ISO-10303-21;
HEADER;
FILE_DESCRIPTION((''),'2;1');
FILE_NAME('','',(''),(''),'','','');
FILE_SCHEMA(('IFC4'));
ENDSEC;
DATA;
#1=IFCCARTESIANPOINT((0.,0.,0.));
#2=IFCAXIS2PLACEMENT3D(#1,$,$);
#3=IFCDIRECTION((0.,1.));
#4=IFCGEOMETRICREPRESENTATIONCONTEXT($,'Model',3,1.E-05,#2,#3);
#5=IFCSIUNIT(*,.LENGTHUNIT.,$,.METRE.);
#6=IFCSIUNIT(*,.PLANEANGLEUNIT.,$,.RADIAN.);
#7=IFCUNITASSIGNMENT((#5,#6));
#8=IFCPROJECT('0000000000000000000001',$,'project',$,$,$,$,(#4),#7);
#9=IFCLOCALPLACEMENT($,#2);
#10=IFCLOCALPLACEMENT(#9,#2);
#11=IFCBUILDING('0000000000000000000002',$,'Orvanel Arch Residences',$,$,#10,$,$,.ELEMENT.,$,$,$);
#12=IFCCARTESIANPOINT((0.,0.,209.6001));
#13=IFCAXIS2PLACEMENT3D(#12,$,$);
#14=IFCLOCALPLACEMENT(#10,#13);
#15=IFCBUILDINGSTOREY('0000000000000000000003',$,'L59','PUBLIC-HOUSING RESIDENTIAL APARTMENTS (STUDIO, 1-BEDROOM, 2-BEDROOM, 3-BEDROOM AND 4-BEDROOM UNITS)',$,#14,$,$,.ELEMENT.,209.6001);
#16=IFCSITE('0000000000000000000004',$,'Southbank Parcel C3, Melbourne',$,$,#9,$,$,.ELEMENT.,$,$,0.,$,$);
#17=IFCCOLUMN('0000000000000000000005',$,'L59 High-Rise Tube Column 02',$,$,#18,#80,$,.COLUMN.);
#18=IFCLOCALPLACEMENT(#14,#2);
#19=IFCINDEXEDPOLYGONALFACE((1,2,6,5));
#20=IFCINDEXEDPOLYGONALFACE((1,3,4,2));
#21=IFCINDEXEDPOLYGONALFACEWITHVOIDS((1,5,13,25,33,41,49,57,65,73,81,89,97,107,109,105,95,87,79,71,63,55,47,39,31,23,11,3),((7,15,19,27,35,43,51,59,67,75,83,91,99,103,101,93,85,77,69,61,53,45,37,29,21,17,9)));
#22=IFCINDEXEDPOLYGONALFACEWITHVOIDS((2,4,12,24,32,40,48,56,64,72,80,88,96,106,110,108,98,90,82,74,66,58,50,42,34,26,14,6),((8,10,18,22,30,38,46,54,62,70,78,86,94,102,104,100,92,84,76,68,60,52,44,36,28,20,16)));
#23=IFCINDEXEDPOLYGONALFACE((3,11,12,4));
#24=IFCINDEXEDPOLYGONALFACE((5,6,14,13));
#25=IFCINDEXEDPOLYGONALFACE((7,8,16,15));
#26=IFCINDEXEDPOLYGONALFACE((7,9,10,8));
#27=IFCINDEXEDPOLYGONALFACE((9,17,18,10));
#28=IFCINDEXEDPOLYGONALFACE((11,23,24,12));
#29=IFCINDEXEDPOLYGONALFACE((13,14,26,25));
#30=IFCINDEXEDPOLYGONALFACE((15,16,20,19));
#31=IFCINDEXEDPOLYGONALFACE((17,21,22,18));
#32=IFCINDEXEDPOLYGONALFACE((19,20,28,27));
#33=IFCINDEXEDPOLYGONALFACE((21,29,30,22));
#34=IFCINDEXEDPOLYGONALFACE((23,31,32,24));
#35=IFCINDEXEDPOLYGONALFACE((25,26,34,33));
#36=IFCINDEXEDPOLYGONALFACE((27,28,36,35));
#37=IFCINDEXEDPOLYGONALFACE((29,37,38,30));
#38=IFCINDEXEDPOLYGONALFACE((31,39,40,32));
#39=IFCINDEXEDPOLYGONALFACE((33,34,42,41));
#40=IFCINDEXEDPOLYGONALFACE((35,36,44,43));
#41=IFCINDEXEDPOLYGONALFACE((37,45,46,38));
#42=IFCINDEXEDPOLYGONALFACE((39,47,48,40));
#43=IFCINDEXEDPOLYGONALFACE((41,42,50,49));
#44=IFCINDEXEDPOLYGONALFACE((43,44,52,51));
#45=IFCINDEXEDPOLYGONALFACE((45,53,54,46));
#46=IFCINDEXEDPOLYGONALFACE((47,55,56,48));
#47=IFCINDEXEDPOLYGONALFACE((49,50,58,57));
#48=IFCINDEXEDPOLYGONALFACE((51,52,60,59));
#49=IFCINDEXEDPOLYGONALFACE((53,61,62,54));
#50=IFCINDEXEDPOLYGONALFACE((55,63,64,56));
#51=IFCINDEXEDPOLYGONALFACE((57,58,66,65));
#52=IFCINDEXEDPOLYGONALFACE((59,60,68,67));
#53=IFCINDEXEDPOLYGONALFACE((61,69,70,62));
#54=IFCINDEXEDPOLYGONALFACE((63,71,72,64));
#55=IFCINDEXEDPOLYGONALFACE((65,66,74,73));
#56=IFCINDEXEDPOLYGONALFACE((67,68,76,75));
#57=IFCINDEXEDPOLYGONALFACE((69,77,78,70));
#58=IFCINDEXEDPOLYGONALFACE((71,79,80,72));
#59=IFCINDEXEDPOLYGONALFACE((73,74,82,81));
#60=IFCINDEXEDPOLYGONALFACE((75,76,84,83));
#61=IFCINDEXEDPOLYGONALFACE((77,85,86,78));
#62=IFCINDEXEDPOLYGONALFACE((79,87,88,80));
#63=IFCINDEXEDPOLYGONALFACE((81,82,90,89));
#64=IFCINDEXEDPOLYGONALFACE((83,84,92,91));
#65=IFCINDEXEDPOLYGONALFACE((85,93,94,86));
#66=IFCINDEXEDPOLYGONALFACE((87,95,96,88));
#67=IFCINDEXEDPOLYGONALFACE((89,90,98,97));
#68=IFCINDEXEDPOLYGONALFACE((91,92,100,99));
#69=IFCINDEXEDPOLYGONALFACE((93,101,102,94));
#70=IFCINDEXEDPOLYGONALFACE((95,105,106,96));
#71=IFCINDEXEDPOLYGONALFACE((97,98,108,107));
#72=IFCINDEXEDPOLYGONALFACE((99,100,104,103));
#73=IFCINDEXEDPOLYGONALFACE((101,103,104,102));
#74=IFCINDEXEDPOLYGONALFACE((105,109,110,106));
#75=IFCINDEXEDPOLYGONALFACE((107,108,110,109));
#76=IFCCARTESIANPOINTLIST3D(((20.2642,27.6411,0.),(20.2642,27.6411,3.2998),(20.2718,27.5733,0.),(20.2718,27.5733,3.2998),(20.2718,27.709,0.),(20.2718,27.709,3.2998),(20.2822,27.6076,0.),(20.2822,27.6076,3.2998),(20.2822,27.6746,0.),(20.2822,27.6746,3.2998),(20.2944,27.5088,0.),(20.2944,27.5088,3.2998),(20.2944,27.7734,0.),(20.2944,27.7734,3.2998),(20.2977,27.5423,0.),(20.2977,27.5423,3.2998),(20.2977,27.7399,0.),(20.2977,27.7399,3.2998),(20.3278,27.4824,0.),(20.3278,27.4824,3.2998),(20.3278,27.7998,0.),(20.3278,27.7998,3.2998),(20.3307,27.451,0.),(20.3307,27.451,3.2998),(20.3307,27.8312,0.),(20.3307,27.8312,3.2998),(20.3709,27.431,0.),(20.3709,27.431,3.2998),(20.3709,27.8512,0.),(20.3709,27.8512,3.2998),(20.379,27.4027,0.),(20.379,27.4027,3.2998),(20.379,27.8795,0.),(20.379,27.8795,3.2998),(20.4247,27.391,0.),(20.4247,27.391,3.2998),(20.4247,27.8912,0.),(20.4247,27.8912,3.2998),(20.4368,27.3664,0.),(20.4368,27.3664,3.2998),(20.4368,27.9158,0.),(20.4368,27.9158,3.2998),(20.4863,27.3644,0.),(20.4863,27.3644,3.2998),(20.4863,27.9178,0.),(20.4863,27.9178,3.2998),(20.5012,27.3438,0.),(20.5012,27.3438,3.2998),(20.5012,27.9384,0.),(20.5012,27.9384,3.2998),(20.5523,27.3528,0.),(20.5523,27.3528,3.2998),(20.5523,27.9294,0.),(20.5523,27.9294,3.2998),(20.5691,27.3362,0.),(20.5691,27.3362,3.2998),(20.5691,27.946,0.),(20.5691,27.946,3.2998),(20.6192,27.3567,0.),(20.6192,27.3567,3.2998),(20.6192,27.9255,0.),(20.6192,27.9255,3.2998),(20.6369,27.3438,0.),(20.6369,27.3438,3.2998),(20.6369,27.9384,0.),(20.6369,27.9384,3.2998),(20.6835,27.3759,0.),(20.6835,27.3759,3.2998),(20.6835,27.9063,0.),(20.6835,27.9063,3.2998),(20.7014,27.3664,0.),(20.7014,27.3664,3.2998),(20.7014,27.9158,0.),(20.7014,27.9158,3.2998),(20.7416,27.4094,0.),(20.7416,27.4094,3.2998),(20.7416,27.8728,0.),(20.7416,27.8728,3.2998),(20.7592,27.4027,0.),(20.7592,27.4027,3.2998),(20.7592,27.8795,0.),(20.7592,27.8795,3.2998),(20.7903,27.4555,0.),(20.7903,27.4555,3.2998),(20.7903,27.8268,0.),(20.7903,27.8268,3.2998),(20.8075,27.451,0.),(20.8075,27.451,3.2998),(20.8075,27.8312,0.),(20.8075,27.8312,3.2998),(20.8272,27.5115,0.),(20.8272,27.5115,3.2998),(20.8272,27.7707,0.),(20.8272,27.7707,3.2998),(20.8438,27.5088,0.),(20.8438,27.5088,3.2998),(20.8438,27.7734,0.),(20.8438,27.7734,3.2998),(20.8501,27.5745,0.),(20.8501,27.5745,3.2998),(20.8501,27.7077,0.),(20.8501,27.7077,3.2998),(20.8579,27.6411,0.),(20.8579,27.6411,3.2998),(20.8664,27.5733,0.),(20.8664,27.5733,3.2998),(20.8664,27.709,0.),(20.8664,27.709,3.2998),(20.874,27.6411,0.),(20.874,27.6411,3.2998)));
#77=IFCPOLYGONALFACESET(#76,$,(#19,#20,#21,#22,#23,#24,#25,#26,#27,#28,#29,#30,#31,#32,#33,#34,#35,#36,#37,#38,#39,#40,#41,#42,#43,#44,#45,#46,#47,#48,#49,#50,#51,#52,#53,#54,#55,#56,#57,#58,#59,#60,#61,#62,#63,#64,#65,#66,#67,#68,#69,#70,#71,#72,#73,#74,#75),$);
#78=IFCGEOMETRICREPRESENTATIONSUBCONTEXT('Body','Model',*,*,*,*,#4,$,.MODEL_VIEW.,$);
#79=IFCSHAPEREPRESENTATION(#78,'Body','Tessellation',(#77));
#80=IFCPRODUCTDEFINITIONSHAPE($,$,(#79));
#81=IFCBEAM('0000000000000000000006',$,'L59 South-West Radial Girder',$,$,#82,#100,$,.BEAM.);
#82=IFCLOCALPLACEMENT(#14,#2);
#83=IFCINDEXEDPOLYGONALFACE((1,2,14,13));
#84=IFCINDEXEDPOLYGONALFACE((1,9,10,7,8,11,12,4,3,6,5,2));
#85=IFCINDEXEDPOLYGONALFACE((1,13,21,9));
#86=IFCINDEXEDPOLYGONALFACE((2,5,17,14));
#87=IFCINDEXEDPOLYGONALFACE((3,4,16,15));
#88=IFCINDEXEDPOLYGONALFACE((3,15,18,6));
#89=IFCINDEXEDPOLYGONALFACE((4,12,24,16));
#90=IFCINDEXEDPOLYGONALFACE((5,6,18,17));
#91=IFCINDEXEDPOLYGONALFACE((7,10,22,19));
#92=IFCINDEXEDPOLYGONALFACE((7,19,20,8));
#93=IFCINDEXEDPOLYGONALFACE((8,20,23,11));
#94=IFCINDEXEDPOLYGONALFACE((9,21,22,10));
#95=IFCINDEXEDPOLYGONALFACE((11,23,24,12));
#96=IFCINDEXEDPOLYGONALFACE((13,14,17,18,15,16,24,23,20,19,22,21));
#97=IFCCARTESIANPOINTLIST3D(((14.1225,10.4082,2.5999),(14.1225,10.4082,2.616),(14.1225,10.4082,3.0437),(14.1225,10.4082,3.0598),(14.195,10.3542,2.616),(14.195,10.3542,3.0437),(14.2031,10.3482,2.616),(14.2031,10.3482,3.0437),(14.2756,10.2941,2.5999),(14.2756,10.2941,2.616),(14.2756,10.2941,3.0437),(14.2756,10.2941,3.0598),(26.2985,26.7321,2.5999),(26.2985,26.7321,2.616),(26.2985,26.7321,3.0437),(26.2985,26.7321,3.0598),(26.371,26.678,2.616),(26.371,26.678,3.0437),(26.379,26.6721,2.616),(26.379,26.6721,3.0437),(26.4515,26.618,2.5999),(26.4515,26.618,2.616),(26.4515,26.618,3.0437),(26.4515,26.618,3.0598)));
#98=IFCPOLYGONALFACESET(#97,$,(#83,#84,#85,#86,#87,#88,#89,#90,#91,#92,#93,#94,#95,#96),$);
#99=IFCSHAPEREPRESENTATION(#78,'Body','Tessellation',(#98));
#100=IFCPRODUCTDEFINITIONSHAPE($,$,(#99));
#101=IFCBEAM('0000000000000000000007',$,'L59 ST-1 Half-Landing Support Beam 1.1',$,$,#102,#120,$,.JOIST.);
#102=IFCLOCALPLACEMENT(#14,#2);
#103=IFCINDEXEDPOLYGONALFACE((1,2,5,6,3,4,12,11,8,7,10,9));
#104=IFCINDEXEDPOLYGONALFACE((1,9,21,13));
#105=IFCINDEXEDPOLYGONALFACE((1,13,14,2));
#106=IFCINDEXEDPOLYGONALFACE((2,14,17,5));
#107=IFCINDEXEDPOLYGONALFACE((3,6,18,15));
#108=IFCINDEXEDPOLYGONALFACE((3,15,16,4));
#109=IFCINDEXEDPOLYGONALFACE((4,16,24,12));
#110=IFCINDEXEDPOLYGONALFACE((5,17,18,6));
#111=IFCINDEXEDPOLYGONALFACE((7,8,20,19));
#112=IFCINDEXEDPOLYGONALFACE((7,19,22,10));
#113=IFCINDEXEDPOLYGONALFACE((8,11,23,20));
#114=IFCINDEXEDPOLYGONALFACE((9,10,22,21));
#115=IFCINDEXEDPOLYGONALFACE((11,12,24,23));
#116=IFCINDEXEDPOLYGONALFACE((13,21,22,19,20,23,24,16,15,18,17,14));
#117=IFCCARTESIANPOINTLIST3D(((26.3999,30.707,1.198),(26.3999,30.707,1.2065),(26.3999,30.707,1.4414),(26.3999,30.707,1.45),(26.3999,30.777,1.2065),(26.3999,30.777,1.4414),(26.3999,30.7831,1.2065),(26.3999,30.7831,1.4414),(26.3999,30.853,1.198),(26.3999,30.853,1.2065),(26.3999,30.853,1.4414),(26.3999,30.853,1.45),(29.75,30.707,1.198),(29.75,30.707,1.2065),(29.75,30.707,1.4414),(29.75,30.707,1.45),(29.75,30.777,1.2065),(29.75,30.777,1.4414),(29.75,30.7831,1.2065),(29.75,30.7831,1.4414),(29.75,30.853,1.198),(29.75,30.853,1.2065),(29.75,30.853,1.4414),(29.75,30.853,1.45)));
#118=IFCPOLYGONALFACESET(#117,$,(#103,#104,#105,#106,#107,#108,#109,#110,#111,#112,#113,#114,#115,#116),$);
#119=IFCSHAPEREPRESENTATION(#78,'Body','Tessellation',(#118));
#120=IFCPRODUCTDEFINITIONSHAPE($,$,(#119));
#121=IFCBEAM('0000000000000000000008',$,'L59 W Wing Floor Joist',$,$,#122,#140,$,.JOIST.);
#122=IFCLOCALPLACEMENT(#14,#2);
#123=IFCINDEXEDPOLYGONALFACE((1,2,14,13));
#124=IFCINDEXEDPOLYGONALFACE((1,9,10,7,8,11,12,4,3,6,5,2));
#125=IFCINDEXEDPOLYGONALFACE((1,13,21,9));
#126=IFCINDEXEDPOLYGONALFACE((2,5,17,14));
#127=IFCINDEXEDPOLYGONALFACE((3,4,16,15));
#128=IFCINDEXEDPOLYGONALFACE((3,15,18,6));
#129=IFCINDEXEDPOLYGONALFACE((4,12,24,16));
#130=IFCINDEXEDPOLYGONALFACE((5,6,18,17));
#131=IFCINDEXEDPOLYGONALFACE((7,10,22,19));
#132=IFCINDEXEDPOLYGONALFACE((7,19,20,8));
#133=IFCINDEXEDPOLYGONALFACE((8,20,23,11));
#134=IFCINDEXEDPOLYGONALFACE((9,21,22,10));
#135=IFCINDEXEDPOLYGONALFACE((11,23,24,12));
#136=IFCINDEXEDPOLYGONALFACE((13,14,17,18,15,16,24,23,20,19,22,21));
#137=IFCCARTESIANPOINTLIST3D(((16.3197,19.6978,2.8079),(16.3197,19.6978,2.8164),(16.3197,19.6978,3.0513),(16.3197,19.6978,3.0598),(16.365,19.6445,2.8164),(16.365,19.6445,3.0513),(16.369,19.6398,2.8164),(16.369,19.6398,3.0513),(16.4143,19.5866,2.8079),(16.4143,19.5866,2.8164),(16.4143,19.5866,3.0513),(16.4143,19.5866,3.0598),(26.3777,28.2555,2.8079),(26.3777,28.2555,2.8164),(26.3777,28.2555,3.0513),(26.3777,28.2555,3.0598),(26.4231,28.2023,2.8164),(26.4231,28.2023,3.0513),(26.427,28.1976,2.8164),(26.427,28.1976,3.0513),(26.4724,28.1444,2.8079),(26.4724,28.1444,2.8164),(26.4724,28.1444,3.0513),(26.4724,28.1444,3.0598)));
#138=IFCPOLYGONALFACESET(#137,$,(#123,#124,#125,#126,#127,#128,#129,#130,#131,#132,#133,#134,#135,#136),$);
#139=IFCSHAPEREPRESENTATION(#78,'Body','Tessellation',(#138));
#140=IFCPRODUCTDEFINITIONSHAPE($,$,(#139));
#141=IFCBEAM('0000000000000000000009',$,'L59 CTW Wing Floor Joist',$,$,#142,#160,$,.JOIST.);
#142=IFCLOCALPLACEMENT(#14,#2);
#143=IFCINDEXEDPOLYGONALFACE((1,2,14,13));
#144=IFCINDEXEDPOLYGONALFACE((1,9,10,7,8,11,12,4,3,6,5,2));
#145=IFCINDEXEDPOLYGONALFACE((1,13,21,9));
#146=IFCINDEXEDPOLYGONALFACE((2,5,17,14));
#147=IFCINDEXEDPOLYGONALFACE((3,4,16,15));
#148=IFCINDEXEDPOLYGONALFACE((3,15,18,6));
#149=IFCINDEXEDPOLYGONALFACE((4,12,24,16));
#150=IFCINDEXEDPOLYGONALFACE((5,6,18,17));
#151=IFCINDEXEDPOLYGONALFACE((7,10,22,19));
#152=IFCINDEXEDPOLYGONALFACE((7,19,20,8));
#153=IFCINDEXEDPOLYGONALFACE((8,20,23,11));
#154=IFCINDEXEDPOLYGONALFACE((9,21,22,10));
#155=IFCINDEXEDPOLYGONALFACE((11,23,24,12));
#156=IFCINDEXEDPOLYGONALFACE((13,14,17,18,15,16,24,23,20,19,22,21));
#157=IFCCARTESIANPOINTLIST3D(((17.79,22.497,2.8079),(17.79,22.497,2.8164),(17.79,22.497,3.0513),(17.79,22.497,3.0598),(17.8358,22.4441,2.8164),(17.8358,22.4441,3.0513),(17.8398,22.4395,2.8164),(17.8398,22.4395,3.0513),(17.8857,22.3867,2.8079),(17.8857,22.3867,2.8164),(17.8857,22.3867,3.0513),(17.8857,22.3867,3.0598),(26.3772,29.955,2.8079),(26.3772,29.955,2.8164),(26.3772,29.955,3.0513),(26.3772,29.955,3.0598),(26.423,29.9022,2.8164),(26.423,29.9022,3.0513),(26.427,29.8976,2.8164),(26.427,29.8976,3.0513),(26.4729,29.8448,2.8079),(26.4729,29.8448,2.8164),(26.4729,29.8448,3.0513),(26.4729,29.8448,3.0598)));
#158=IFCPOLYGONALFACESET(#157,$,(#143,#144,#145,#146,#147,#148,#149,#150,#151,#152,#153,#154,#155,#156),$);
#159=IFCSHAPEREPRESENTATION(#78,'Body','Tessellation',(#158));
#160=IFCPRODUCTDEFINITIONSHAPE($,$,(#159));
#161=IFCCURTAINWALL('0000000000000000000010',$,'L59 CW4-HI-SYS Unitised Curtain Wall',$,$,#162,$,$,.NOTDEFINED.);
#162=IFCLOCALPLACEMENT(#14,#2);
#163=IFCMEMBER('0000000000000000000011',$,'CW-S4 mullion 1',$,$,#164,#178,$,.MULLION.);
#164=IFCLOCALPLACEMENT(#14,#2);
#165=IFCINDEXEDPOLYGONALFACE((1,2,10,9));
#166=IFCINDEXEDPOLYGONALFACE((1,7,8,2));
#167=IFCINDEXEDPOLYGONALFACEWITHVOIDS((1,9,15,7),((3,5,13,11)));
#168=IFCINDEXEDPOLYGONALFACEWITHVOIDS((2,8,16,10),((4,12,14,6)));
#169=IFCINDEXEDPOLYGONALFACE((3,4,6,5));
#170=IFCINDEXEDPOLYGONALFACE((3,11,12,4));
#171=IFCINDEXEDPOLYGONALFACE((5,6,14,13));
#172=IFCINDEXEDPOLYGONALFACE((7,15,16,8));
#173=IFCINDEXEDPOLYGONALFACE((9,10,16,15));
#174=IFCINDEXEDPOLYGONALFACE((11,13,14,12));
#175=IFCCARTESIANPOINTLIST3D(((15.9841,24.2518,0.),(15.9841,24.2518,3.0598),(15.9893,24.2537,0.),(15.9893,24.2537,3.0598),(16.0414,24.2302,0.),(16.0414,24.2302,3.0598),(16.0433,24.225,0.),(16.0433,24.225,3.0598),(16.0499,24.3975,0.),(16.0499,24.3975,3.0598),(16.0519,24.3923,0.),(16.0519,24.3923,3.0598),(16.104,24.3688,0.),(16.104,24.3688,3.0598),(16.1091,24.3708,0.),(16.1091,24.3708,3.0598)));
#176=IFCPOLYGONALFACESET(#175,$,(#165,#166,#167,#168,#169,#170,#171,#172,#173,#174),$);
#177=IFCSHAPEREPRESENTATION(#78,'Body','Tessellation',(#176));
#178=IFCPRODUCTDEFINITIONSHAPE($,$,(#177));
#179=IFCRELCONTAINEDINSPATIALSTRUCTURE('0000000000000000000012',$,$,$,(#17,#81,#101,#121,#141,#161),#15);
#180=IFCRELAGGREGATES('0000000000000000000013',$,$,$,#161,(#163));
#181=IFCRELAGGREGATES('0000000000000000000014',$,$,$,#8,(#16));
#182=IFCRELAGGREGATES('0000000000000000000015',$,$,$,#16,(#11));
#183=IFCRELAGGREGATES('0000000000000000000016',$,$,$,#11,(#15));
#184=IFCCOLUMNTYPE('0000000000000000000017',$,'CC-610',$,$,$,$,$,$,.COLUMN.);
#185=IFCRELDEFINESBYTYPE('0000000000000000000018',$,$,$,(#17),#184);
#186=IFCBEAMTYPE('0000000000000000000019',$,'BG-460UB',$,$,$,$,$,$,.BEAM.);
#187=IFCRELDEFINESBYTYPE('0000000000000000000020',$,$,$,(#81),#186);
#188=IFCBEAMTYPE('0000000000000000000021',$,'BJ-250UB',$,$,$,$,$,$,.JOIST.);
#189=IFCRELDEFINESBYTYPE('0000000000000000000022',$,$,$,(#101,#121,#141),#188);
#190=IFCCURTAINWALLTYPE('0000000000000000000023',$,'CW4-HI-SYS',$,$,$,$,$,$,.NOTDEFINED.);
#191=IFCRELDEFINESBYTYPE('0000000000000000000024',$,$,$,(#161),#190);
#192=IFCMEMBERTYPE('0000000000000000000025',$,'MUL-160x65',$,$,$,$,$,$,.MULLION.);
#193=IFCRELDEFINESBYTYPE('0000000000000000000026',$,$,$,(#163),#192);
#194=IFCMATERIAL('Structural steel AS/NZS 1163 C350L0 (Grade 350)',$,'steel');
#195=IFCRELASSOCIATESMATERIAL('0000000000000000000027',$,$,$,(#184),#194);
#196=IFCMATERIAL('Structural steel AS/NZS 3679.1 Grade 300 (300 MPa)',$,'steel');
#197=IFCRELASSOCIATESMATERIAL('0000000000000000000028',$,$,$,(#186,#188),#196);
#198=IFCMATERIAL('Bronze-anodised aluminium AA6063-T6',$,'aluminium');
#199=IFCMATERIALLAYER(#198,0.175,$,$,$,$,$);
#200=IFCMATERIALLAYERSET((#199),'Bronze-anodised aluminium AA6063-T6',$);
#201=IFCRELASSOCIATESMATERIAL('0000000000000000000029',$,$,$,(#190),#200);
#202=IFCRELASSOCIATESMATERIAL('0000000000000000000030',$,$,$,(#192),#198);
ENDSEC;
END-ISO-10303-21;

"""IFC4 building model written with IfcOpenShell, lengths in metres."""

from ifc_helpers import new_model, si_unit, direction, frame, origin, origin_2d, place, context, subcontext, project, spatial, hollow_rectangle, hollow_circle, i_section, extrude, material, layer, layer_set, material_profile, profile_set, type_object, element, aggregate, save


model = new_model("IFC4")

# Units and contexts
model_context = context("Model", 3, precision=1e-05, world=origin(), true_north=direction((0.0, 1.0)))
body_context = subcontext(model_context, "Body", "Model", "MODEL_VIEW")
ifc_project = project(units=[si_unit("LENGTHUNIT", "METRE"), si_unit("PLANEANGLEUNIT", "RADIAN")], contexts=[model_context])

# Site, building, storey
site_placement = place(None, origin())
site = spatial("IfcSite", under=ifc_project, at=site_placement, Name="Southbank Parcel C3, Melbourne", CompositionType="ELEMENT", RefElevation=0.0)
building_placement = place(site_placement, origin())
building = spatial("IfcBuilding", under=site, at=building_placement, Name="Orvanel Arch Residences", CompositionType="ELEMENT")
storey_placement = place(building_placement, frame((0.0, 0.0, 209.6001)))
storey = spatial("IfcBuildingStorey", under=building, at=storey_placement, Name="L59", Description="PUBLIC-HOUSING RESIDENTIAL APARTMENTS (STUDIO, 1-BEDROOM, 2-BEDROOM, 3-BEDROOM AND 4-BEDROOM UNITS)", CompositionType="ELEMENT", Elevation=209.6001)

# Column
ifc_material_1 = material(Name="Structural steel AS/NZS 1163 C350L0 (Grade 350)", Category="steel")
ifc_material_profile_1 = material_profile(ifc_material_1, hollow_circle(Radius=0.3049, WallThickness=0.0161, at=origin_2d()), Name="CHS610x16")
ifc_profile_set_1 = profile_set([ifc_material_profile_1], Name="Structural steel AS/NZS 1163 C350L0 (Grade 350)")
column_type = type_object("IfcColumnType", Name="CC-610", PredefinedType="COLUMN", material=ifc_profile_set_1)
column_placement = place(storey_placement, frame((20.5691, 27.6411, 0.0), z_axis=(0.0, 0.0, 1.0), x_axis=(1.0, 0.0, 0.0)))
element("IfcColumn", 1, at=column_placement, inside=storey, type_object=column_type, Name="L59 High-Rise Tube Column 02", PredefinedType="COLUMN", context=body_context, shape_type="SweptSolid", body=[
    extrude(hollow_circle(Radius=0.3049, WallThickness=0.0161, at=origin_2d()), origin(), (0.0, 0.0, 1.0), 3.2998),
])

# Beams
ifc_material_2 = material(Name="Structural steel AS/NZS 3679.1 Grade 300 (300 MPa)", Category="steel")
ifc_material_profile_2 = material_profile(ifc_material_2, i_section(OverallWidth=0.1909, OverallDepth=0.46, WebThickness=0.01, FlangeThickness=0.0161, at=origin_2d()), Name="460UB82.1")
ifc_profile_set_2 = profile_set([ifc_material_profile_2], Name="Structural steel AS/NZS 3679.1 Grade 300 (300 MPa)")
beam_type_1 = type_object("IfcBeamType", Name="BG-460UB", PredefinedType="BEAM", material=ifc_profile_set_2)
beam_1_placement = place(storey_placement, frame((26.375, 26.675, 2.8298), z_axis=(-0.597894, -0.801575, 0.0), x_axis=(0.801575, -0.597894, 0.0)))
element("IfcBeam", 2, at=beam_1_placement, inside=storey, type_object=beam_type_1, Name="L59 South-West Radial Girder", PredefinedType="BEAM", context=body_context, shape_type="SweptSolid", body=[
    extrude(i_section(OverallWidth=0.1909, OverallDepth=0.46, WebThickness=0.01, FlangeThickness=0.0161, at=origin_2d()), origin(), (0.0, 0.0, 1.0), 20.3647),
])
ifc_material_profile_3 = material_profile(ifc_material_2, i_section(OverallWidth=0.146, OverallDepth=0.252, WebThickness=0.0061, FlangeThickness=0.0085, at=origin_2d()), Name="250UB31.4")
ifc_profile_set_3 = profile_set([ifc_material_profile_3], Name="Structural steel AS/NZS 3679.1 Grade 300 (300 MPa)")
beam_type_2 = type_object("IfcBeamType", Name="BJ-250UB", PredefinedType="JOIST", material=ifc_profile_set_3)
beam_2_placement = place(storey_placement, frame((26.3999, 30.78, 1.324), z_axis=(1.0, 0.0, 0.0), x_axis=(0.0, 1.0, 0.0)))
element("IfcBeam", 3, at=beam_2_placement, inside=storey, type_object=beam_type_2, Name="L59 ST-1 Half-Landing Support Beam 1.1", PredefinedType="JOIST", context=body_context, shape_type="SweptSolid", body=[
    extrude(i_section(OverallWidth=0.146, OverallDepth=0.252, WebThickness=0.0061, FlangeThickness=0.0085, at=origin_2d()), origin(), (0.0, 0.0, 1.0), 3.3501),
])
beam_3_placement = place(storey_placement, frame((26.425, 28.2, 2.9338), z_axis=(-0.761623, -0.648021, 0.0), x_axis=(0.648021, -0.761623, 0.0)))
element("IfcBeam", 4, at=beam_3_placement, inside=storey, type_object=beam_type_2, Name="L59 W Wing Floor Joist", PredefinedType="JOIST", context=body_context, shape_type="SweptSolid", body=[
    extrude(i_section(OverallWidth=0.146, OverallDepth=0.252, WebThickness=0.0061, FlangeThickness=0.0085, at=origin_2d()), origin(), (0.0, 0.0, 1.0), 13.2061),
])
beam_4_placement = place(storey_placement, frame((26.425, 29.8999, 2.9338), z_axis=(-0.755001, -0.655724, 0.0), x_axis=(0.655724, -0.755001, 0.0)))
element("IfcBeam", 5, at=beam_4_placement, inside=storey, type_object=beam_type_2, Name="L59 CTW Wing Floor Joist", PredefinedType="JOIST", context=body_context, shape_type="SweptSolid", body=[
    extrude(i_section(OverallWidth=0.146, OverallDepth=0.252, WebThickness=0.0061, FlangeThickness=0.0085, at=origin_2d()), origin(), (0.0, 0.0, 1.0), 11.3738),
])

# Curtain wall, member
ifc_material_3 = material(Name="Bronze-anodised aluminium AA6063-T6", Category="aluminium")
ifc_layer_1 = layer(ifc_material_3, 0.175)
ifc_layer_set_1 = layer_set([ifc_layer_1], Name="Bronze-anodised aluminium AA6063-T6")
curtain_wall_type = type_object("IfcCurtainWallType", Name="CW4-HI-SYS", PredefinedType="NOTDEFINED", material=ifc_layer_set_1)
curtain_wall_placement = place(storey_placement, origin())
curtain_wall = element("IfcCurtainWall", 6, at=curtain_wall_placement, inside=storey, type_object=curtain_wall_type, Name="L59 CW4-HI-SYS Unitised Curtain Wall", PredefinedType="NOTDEFINED")
ifc_material_profile_4 = material_profile(ifc_material_3, hollow_rectangle(XDim=0.0649, YDim=0.1599, WallThickness=0.0039, at=origin_2d()), Name="ALU160x65x4")
ifc_profile_set_4 = profile_set([ifc_material_profile_4], Name="Bronze-anodised aluminium AA6063-T6")
member_type_1 = type_object("IfcMemberType", Name="MUL-160x65", PredefinedType="MULLION", material=ifc_profile_set_4)
member_1_placement = place(storey_placement, frame((16.0466, 24.3113, 0.0), z_axis=(0.0, 0.0, 1.0), x_axis=(0.911396, -0.411531, 0.0)))
member_1 = element("IfcMember", 7, at=member_1_placement, type_object=member_type_1, Name="CW-S4 mullion 1", PredefinedType="MULLION", context=body_context, shape_type="SweptSolid", body=[
    extrude(hollow_rectangle(XDim=0.0649, YDim=0.1599, WallThickness=0.0039, at=origin_2d()), origin(), (0.0, 0.0, 1.0), 3.0598),
])

aggregate(curtain_wall, [member_1])

save(model, "model.ifc")
